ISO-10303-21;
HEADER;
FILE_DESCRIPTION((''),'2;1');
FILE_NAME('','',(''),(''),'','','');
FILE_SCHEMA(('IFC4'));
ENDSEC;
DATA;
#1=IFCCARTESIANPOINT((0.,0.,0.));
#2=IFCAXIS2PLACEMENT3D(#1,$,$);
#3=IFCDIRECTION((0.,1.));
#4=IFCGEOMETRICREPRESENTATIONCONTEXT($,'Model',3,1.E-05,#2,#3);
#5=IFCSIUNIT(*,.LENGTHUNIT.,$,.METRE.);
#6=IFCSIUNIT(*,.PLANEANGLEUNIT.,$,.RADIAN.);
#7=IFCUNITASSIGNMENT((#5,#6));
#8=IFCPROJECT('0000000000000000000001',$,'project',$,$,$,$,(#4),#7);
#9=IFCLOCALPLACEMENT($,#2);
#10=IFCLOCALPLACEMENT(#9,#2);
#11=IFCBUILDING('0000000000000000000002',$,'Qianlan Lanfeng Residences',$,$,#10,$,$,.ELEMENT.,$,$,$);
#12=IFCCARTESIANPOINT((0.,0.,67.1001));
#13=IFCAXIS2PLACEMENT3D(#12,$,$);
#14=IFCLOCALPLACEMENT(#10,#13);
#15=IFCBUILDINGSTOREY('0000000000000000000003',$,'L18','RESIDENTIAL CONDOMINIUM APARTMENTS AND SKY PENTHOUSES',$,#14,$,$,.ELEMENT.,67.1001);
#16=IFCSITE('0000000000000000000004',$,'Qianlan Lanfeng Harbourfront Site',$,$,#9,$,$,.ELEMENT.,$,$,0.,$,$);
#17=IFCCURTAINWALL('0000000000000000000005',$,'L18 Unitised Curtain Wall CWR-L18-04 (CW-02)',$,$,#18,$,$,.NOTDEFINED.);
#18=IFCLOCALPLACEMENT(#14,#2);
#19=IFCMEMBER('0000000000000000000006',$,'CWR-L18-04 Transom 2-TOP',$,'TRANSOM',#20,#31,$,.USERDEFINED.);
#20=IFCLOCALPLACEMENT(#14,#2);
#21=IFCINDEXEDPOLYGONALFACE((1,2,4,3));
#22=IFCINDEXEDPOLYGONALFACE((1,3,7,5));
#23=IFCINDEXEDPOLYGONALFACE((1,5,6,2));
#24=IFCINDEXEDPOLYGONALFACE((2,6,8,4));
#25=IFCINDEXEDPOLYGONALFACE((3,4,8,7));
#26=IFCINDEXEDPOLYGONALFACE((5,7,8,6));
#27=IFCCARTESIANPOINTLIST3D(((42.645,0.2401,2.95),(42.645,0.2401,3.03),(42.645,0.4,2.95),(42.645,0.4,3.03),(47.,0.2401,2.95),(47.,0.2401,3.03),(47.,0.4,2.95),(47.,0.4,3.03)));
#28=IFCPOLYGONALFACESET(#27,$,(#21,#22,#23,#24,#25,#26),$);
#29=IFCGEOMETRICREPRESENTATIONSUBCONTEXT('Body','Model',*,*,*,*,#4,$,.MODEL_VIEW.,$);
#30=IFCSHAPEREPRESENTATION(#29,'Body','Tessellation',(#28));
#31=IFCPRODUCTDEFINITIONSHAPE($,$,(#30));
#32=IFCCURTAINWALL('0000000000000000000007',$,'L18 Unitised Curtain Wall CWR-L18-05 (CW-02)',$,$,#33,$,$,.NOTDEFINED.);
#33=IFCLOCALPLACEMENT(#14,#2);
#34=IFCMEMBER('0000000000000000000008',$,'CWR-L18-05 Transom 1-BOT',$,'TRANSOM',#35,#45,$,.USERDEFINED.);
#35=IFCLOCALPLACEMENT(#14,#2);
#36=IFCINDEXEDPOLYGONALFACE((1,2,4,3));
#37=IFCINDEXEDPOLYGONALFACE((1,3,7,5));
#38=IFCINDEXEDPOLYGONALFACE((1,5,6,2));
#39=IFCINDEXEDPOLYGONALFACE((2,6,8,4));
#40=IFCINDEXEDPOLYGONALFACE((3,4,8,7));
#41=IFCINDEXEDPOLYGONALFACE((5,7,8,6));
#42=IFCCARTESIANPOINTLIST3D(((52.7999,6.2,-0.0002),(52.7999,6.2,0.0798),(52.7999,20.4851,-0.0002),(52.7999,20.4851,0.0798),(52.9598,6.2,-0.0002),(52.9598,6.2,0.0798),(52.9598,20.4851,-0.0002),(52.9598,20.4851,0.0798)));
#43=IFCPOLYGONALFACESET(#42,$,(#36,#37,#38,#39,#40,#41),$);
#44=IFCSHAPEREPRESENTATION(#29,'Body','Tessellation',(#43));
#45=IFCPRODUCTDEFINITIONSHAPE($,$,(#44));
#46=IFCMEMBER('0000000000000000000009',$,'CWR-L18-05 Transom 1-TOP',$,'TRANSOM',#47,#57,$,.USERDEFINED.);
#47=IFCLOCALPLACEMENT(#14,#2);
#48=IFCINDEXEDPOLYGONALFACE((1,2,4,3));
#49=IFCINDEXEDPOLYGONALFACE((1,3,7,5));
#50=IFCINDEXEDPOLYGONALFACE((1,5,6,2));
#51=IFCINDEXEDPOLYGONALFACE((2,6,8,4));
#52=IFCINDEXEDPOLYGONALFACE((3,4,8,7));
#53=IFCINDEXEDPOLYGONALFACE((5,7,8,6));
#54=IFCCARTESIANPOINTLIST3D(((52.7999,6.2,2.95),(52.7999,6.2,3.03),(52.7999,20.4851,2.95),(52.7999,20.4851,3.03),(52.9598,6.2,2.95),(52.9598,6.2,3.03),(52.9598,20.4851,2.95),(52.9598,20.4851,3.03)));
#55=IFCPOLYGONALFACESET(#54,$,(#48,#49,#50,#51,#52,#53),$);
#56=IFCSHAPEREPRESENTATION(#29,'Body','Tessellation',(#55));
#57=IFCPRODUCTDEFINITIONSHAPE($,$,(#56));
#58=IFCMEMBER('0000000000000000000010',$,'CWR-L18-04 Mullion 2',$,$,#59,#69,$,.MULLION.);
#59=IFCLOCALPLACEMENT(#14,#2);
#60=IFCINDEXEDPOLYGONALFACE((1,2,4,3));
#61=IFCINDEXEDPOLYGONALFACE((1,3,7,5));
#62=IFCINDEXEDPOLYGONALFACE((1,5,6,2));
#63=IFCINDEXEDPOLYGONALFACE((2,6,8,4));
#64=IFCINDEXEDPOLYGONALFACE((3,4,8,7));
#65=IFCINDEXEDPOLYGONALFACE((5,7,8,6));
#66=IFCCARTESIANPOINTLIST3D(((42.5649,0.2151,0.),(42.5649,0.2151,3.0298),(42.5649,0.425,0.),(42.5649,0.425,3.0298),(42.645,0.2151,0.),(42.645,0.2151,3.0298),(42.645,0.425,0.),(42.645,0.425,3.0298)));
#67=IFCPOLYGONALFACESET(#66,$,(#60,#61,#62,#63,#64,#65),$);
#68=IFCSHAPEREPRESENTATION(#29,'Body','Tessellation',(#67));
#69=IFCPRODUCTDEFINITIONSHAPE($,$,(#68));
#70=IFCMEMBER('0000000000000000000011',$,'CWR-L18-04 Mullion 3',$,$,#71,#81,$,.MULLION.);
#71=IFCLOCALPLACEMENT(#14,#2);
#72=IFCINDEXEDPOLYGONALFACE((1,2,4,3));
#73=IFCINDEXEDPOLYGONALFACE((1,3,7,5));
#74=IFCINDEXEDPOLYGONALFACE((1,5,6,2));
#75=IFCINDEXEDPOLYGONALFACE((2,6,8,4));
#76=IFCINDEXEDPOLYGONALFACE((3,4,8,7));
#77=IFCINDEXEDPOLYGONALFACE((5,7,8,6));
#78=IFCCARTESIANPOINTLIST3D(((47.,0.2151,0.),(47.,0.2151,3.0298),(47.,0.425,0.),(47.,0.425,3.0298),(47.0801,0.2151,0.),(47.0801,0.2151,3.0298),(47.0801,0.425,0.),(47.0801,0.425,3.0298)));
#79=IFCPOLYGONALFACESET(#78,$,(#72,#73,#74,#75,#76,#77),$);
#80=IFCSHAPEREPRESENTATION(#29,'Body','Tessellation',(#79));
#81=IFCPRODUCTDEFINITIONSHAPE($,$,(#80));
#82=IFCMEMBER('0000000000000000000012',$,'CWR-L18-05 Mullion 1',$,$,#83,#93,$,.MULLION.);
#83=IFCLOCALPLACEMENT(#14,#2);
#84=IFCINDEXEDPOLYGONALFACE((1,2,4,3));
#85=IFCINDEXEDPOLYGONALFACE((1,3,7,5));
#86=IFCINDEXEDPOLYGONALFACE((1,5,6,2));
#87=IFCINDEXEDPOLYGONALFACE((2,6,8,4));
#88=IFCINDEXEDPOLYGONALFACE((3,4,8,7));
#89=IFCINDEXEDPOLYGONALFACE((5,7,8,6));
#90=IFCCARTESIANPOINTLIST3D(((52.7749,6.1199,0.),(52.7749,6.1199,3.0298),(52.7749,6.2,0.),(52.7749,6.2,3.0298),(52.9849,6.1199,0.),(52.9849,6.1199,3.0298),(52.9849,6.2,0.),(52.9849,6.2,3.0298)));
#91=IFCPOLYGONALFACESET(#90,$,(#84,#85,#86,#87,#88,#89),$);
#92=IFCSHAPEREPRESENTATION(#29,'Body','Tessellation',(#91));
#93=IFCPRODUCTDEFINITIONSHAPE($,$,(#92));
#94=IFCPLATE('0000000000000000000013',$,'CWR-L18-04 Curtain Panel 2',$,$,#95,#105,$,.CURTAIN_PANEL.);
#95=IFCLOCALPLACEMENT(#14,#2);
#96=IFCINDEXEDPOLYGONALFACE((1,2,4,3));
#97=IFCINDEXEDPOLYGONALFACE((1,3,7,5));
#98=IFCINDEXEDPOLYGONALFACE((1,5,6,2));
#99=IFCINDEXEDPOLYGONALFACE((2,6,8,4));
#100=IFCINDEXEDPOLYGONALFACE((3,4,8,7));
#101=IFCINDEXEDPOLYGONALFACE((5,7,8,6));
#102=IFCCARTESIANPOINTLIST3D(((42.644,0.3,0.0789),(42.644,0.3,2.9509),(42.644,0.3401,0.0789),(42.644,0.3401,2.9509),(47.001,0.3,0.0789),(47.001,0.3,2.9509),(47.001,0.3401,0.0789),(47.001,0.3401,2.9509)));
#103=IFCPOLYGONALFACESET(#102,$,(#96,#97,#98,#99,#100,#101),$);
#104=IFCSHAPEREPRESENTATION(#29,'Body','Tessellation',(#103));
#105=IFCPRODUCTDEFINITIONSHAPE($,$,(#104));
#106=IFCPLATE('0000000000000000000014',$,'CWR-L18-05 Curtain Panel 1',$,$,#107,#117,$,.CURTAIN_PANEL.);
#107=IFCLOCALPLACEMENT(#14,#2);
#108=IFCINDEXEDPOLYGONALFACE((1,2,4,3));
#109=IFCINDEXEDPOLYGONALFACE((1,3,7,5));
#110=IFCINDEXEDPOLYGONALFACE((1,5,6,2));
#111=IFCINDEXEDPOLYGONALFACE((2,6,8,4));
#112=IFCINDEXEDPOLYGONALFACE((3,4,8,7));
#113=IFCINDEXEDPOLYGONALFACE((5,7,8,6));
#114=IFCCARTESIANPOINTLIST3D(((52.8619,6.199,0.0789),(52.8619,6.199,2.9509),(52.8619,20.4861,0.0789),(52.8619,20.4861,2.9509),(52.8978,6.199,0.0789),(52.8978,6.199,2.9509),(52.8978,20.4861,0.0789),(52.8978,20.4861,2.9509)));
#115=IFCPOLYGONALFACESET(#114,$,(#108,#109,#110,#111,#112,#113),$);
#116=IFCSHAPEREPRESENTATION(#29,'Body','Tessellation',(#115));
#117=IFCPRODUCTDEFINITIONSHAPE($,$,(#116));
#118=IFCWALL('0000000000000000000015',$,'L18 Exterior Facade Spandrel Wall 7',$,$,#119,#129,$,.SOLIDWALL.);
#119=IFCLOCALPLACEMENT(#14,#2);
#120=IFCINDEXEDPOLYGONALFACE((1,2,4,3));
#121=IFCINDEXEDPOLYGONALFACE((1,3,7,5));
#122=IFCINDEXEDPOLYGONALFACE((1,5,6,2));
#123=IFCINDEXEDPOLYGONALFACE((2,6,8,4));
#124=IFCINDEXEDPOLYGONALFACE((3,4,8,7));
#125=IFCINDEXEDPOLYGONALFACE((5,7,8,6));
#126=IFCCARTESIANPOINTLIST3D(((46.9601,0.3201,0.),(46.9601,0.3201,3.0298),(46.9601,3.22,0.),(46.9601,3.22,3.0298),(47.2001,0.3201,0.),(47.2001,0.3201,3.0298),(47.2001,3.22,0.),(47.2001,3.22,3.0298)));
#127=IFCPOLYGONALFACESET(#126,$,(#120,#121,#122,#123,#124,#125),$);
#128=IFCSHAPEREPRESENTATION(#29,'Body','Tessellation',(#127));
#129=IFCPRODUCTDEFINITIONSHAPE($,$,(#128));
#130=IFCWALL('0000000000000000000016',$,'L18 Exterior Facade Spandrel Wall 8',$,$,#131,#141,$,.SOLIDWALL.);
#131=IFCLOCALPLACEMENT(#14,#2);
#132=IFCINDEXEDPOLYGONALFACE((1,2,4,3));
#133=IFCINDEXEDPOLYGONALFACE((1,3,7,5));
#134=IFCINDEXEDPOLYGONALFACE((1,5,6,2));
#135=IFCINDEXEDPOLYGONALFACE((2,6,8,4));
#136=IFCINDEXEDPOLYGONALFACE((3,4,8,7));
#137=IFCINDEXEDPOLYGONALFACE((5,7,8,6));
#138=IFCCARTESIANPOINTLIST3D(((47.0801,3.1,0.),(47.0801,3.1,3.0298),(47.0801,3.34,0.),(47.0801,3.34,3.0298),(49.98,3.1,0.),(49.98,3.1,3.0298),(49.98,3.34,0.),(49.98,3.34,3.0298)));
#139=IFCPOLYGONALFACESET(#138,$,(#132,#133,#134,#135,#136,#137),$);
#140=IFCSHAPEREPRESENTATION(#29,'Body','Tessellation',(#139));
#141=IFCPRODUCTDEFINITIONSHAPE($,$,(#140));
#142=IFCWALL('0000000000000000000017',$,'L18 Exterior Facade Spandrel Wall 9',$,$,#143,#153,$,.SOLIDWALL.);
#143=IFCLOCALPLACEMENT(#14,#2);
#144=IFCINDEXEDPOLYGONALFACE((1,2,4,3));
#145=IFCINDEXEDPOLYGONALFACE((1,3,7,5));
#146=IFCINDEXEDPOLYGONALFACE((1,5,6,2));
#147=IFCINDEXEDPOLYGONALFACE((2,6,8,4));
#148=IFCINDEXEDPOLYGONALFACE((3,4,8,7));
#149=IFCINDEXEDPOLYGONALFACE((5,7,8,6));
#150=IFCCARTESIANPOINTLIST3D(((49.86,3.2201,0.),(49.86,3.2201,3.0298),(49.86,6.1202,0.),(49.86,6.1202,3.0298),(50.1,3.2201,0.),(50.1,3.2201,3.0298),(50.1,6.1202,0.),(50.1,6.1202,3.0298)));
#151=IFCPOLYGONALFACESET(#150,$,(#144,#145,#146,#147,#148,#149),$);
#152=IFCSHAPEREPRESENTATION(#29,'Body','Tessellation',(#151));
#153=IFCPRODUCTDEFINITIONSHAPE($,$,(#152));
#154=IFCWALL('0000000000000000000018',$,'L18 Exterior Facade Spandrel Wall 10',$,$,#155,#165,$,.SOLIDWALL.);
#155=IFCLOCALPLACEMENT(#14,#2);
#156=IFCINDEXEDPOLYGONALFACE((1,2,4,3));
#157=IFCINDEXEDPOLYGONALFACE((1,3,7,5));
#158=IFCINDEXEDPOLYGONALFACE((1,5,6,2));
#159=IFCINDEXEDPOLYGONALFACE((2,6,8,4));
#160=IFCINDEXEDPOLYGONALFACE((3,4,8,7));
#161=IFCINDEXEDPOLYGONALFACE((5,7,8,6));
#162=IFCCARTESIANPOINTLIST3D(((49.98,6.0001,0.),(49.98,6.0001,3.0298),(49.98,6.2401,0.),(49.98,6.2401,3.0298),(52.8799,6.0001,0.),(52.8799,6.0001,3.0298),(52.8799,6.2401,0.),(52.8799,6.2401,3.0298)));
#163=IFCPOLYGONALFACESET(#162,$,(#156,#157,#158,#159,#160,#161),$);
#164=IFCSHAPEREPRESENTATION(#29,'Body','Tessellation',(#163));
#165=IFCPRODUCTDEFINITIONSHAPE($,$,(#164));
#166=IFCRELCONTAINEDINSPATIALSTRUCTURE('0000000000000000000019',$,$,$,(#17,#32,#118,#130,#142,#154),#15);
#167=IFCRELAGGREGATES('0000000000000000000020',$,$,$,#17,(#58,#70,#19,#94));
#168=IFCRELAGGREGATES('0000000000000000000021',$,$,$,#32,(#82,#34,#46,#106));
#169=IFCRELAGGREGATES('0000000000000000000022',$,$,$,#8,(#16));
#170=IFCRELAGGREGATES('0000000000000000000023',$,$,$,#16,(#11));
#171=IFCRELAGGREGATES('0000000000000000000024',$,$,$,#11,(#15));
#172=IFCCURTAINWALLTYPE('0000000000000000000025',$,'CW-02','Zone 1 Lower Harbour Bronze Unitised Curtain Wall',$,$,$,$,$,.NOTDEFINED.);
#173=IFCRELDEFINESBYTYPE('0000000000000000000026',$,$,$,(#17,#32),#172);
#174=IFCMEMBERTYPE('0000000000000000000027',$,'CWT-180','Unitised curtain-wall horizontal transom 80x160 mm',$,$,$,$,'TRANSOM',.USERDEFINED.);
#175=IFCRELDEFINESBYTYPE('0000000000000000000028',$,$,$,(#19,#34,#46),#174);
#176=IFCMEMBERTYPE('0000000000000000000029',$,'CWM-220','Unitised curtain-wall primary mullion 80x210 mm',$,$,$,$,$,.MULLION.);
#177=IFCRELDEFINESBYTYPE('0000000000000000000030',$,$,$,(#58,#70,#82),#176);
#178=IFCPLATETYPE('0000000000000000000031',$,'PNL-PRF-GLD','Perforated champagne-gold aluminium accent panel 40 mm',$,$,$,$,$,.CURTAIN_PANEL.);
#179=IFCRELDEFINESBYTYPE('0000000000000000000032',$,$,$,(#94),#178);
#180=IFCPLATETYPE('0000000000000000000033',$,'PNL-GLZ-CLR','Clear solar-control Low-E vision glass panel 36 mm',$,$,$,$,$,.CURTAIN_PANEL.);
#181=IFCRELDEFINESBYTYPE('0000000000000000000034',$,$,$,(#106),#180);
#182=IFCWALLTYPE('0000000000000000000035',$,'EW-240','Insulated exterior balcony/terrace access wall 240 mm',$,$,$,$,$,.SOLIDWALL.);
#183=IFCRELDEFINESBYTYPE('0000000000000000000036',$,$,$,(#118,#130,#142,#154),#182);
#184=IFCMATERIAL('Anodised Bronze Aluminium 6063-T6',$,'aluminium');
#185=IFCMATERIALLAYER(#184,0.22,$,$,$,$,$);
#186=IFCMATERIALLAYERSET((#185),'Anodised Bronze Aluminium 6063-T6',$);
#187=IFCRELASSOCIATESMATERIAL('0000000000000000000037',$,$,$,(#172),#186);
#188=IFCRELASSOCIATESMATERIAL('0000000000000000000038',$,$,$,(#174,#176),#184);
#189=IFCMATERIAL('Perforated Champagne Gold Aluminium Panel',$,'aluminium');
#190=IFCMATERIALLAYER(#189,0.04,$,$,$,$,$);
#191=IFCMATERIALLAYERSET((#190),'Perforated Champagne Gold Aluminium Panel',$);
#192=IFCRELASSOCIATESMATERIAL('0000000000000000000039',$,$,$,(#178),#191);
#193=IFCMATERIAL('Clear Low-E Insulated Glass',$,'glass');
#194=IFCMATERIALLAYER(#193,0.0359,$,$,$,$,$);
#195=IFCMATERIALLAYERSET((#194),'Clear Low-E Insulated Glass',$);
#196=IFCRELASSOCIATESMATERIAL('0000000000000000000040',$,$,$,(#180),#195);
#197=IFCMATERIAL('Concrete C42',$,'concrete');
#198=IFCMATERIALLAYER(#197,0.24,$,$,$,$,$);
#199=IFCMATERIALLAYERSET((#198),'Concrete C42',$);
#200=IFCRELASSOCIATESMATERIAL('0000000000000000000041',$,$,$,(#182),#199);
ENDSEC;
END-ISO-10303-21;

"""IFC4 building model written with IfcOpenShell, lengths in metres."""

from ifc_helpers import new_model, si_unit, direction, frame, frame_2d, origin, origin_2d, place, context, subcontext, project, spatial, rectangle, extrude, source, transform, mapped, material, layer, layer_set, material_profile, profile_set, type_object, element, aggregate, save


model = new_model("IFC4")

# Units and contexts
model_context = context("Model", 3, precision=1e-05, world=origin(), true_north=direction((0.0, 1.0)))
body_context = subcontext(model_context, "Body", "Model", "MODEL_VIEW")
ifc_project = project(units=[si_unit("LENGTHUNIT", "METRE"), si_unit("PLANEANGLEUNIT", "RADIAN")], contexts=[model_context])

# Site, building, storey
site_placement = place(None, origin())
site = spatial("IfcSite", under=ifc_project, at=site_placement, Name="Qianlan Lanfeng Harbourfront Site", CompositionType="ELEMENT", RefElevation=0.0)
building_placement = place(site_placement, origin())
building = spatial("IfcBuilding", under=site, at=building_placement, Name="Qianlan Lanfeng Residences", CompositionType="ELEMENT")
storey_placement = place(building_placement, frame((0.0, 0.0, 67.1001)))
storey = spatial("IfcBuildingStorey", under=building, at=storey_placement, Name="L18", Description="RESIDENTIAL CONDOMINIUM APARTMENTS AND SKY PENTHOUSES", CompositionType="ELEMENT", Elevation=67.1001)

# Curtain walls, members
ifc_material_1 = material(Name="Anodised Bronze Aluminium 6063-T6", Category="aluminium")
ifc_layer_1 = layer(ifc_material_1, 0.22)
ifc_layer_set_1 = layer_set([ifc_layer_1], Name="Anodised Bronze Aluminium 6063-T6")
curtain_wall_type = type_object("IfcCurtainWallType", Name="CW-02", Description="Zone 1 Lower Harbour Bronze Unitised Curtain Wall", PredefinedType="NOTDEFINED", material=ifc_layer_set_1)
curtain_wall_1_placement = place(storey_placement, origin())
curtain_wall_1 = element("IfcCurtainWall", 1, at=curtain_wall_1_placement, inside=storey, type_object=curtain_wall_type, Name="L18 Unitised Curtain Wall CWR-L18-04 (CW-02)", PredefinedType="NOTDEFINED")
ifc_material_profile_1 = material_profile(ifc_material_1, rectangle(XDim=0.0801, YDim=0.1599, at=origin_2d()), Name="ALU TRANSOM 80x160")
ifc_profile_set_1 = profile_set([ifc_material_profile_1], Name="Anodised Bronze Aluminium 6063-T6")
member_type_1 = type_object("IfcMemberType", Name="CWT-180", Description="Unitised curtain-wall horizontal transom 80x160 mm", ElementType="TRANSOM", PredefinedType="USERDEFINED", material=ifc_profile_set_1)
shared_shape_1 = source(origin(), body_context, "Body", "SweptSolid", [
    extrude(rectangle(XDim=0.0801, YDim=0.1599, at=origin_2d()), origin(), (0.0, 0.0, 1.0), 4.355),
])
member_1_placement = place(storey_placement, frame((42.645, 0.3201, 2.99), z_axis=(1.0, 0.0, 0.0), x_axis=(0.0, 0.0, 1.0)))
member_1 = element("IfcMember", 2, at=member_1_placement, type_object=member_type_1, Name="CWR-L18-04 Transom 2-TOP", ObjectType="TRANSOM", PredefinedType="USERDEFINED", context=body_context, shape_type="MappedRepresentation", body=[
    mapped(shared_shape_1, transform((0.0, 0.0, 0.0), scale=1.0)),
])
curtain_wall_2_placement = place(storey_placement, origin())
curtain_wall_2 = element("IfcCurtainWall", 3, at=curtain_wall_2_placement, inside=storey, type_object=curtain_wall_type, Name="L18 Unitised Curtain Wall CWR-L18-05 (CW-02)", PredefinedType="NOTDEFINED")
shared_shape_2 = source(origin(), body_context, "Body", "SweptSolid", [
    extrude(rectangle(XDim=0.0801, YDim=0.1599, at=origin_2d()), origin(), (0.0, 0.0, 1.0), 14.2852),
])
member_2_placement = place(storey_placement, frame((52.8799, 6.2, 0.0398), z_axis=(0.0, 1.0, 0.0), x_axis=(0.0, 0.0, 1.0)))
member_2 = element("IfcMember", 4, at=member_2_placement, type_object=member_type_1, Name="CWR-L18-05 Transom 1-BOT", ObjectType="TRANSOM", PredefinedType="USERDEFINED", context=body_context, shape_type="MappedRepresentation", body=[
    mapped(shared_shape_2, transform((0.0, 0.0, 0.0), scale=1.0)),
])
member_3_placement = place(storey_placement, frame((52.8799, 6.2, 2.99), z_axis=(0.0, 1.0, 0.0), x_axis=(0.0, 0.0, 1.0)))
member_3 = element("IfcMember", 5, at=member_3_placement, type_object=member_type_1, Name="CWR-L18-05 Transom 1-TOP", ObjectType="TRANSOM", PredefinedType="USERDEFINED", context=body_context, shape_type="MappedRepresentation", body=[
    mapped(shared_shape_2, transform((0.0, 0.0, 0.0), scale=1.0)),
])

# Members
ifc_material_profile_2 = material_profile(ifc_material_1, rectangle(XDim=0.0801, YDim=0.21, at=origin_2d()), Name="ALU MULLION 80x210")
ifc_profile_set_2 = profile_set([ifc_material_profile_2], Name="Anodised Bronze Aluminium 6063-T6")
member_type_2 = type_object("IfcMemberType", Name="CWM-220", Description="Unitised curtain-wall primary mullion 80x210 mm", PredefinedType="MULLION", material=ifc_profile_set_2)
shared_shape_3 = source(origin(), body_context, "Body", "SweptSolid", [
    extrude(rectangle(XDim=0.0801, YDim=0.21, at=origin_2d()), origin(), (0.0, 0.0, 1.0), 3.0298),
])
member_4_placement = place(storey_placement, frame((42.605, 0.3201, 0.0), z_axis=(0.0, 0.0, 1.0), x_axis=(1.0, 0.0, 0.0)))
member_4 = element("IfcMember", 6, at=member_4_placement, type_object=member_type_2, Name="CWR-L18-04 Mullion 2", PredefinedType="MULLION", context=body_context, shape_type="MappedRepresentation", body=[
    mapped(shared_shape_3, transform((0.0, 0.0, 0.0), scale=1.0)),
])
member_5_placement = place(storey_placement, frame((47.04, 0.3201, 0.0), z_axis=(0.0, 0.0, 1.0), x_axis=(1.0, 0.0, 0.0)))
member_5 = element("IfcMember", 7, at=member_5_placement, type_object=member_type_2, Name="CWR-L18-04 Mullion 3", PredefinedType="MULLION", context=body_context, shape_type="MappedRepresentation", body=[
    mapped(shared_shape_3, transform((0.0, 0.0, 0.0), scale=1.0)),
])
member_6_placement = place(storey_placement, frame((52.8799, 6.1599, 0.0), z_axis=(0.0, 0.0, 1.0), x_axis=(0.0, 1.0, 0.0)))
member_6 = element("IfcMember", 8, at=member_6_placement, type_object=member_type_2, Name="CWR-L18-05 Mullion 1", PredefinedType="MULLION", context=body_context, shape_type="MappedRepresentation", body=[
    mapped(shared_shape_3, transform((0.0, 0.0, 0.0), scale=1.0)),
])

# Plates
ifc_material_2 = material(Name="Perforated Champagne Gold Aluminium Panel", Category="aluminium")
ifc_layer_2 = layer(ifc_material_2, 0.04)
ifc_layer_set_2 = layer_set([ifc_layer_2], Name="Perforated Champagne Gold Aluminium Panel")
plate_type_1 = type_object("IfcPlateType", Name="PNL-PRF-GLD", Description="Perforated champagne-gold aluminium accent panel 40 mm", PredefinedType="CURTAIN_PANEL", material=ifc_layer_set_2)
shared_shape_4 = source(origin(), body_context, "Body", "SweptSolid", [
    extrude(rectangle(XDim=4.3569, YDim=0.04, at=origin_2d()), origin(), (0.0, 0.0, 1.0), 2.8721),
])
plate_1_placement = place(storey_placement, frame((44.8225, 0.3201, 0.0789), z_axis=(0.0, 0.0, 1.0), x_axis=(1.0, 0.0, 0.0)))
plate_1 = element("IfcPlate", 9, at=plate_1_placement, type_object=plate_type_1, Name="CWR-L18-04 Curtain Panel 2", PredefinedType="CURTAIN_PANEL", context=body_context, shape_type="MappedRepresentation", body=[
    mapped(shared_shape_4, transform((0.0, 0.0, 0.0), scale=1.0)),
])
aggregate(curtain_wall_1, [member_4, member_5, member_1, plate_1])
ifc_material_3 = material(Name="Clear Low-E Insulated Glass", Category="glass")
ifc_layer_3 = layer(ifc_material_3, 0.0359)
ifc_layer_set_3 = layer_set([ifc_layer_3], Name="Clear Low-E Insulated Glass")
plate_type_2 = type_object("IfcPlateType", Name="PNL-GLZ-CLR", Description="Clear solar-control Low-E vision glass panel 36 mm", PredefinedType="CURTAIN_PANEL", material=ifc_layer_set_3)
shared_shape_5 = source(origin(), body_context, "Body", "SweptSolid", [
    extrude(rectangle(XDim=14.2871, YDim=0.0359, at=origin_2d()), origin(), (0.0, 0.0, 1.0), 2.8721),
])
plate_2_placement = place(storey_placement, frame((52.8799, 13.3425, 0.0789), z_axis=(0.0, 0.0, 1.0), x_axis=(0.0, 1.0, 0.0)))
plate_2 = element("IfcPlate", 10, at=plate_2_placement, type_object=plate_type_2, Name="CWR-L18-05 Curtain Panel 1", PredefinedType="CURTAIN_PANEL", context=body_context, shape_type="MappedRepresentation", body=[
    mapped(shared_shape_5, transform((0.0, 0.0, 0.0), scale=1.0)),
])
aggregate(curtain_wall_2, [member_6, member_2, member_3, plate_2])

# Walls
ifc_material_4 = material(Name="Concrete C42", Category="concrete")
ifc_layer_4 = layer(ifc_material_4, 0.24)
ifc_layer_set_4 = layer_set([ifc_layer_4], Name="Concrete C42")
wall_type = type_object("IfcWallType", Name="EW-240", Description="Insulated exterior balcony/terrace access wall 240 mm", PredefinedType="SOLIDWALL", material=ifc_layer_set_4)
for number, where, z_axis, x_axis, name in (
    (11, (47.0801, 0.3201, 0.0), (0.0, 0.0, 1.0), (0.0, 1.0, 0.0), "L18 Exterior Facade Spandrel Wall 7"),
    (12, (47.0801, 3.22, 0.0), (0.0, 0.0, 1.0), (1.0, 0.0, 0.0), "L18 Exterior Facade Spandrel Wall 8"),
):
    element("IfcWall", number, at=place(storey_placement, frame(where, z_axis=z_axis, x_axis=x_axis)), inside=storey, type_object=wall_type, Name=name, PredefinedType="SOLIDWALL", context=body_context, shape_type="SweptSolid", body=[
        extrude(rectangle(XDim=2.8999, YDim=0.24, at=frame_2d((1.45, 0.0))), origin(), (0.0, 0.0, 1.0), 3.0298),
    ])
wall_1_placement = place(storey_placement, frame((49.98, 3.22, 0.0), z_axis=(0.0, 0.0, 1.0), x_axis=(0.0, 1.0, 0.0)))
element("IfcWall", 13, at=wall_1_placement, inside=storey, type_object=wall_type, Name="L18 Exterior Facade Spandrel Wall 9", PredefinedType="SOLIDWALL", context=body_context, shape_type="SweptSolid", body=[
    extrude(rectangle(XDim=2.9001, YDim=0.24, at=frame_2d((1.4502, 0.0))), origin(), (0.0, 0.0, 1.0), 3.0298),
])
wall_2_placement = place(storey_placement, frame((49.98, 6.1201, 0.0), z_axis=(0.0, 0.0, 1.0), x_axis=(1.0, 0.0, 0.0)))
element("IfcWall", 14, at=wall_2_placement, inside=storey, type_object=wall_type, Name="L18 Exterior Facade Spandrel Wall 10", PredefinedType="SOLIDWALL", context=body_context, shape_type="SweptSolid", body=[
    extrude(rectangle(XDim=2.8999, YDim=0.24, at=frame_2d((1.45, 0.0))), origin(), (0.0, 0.0, 1.0), 3.0298),
])

save(model, "model.ifc")
